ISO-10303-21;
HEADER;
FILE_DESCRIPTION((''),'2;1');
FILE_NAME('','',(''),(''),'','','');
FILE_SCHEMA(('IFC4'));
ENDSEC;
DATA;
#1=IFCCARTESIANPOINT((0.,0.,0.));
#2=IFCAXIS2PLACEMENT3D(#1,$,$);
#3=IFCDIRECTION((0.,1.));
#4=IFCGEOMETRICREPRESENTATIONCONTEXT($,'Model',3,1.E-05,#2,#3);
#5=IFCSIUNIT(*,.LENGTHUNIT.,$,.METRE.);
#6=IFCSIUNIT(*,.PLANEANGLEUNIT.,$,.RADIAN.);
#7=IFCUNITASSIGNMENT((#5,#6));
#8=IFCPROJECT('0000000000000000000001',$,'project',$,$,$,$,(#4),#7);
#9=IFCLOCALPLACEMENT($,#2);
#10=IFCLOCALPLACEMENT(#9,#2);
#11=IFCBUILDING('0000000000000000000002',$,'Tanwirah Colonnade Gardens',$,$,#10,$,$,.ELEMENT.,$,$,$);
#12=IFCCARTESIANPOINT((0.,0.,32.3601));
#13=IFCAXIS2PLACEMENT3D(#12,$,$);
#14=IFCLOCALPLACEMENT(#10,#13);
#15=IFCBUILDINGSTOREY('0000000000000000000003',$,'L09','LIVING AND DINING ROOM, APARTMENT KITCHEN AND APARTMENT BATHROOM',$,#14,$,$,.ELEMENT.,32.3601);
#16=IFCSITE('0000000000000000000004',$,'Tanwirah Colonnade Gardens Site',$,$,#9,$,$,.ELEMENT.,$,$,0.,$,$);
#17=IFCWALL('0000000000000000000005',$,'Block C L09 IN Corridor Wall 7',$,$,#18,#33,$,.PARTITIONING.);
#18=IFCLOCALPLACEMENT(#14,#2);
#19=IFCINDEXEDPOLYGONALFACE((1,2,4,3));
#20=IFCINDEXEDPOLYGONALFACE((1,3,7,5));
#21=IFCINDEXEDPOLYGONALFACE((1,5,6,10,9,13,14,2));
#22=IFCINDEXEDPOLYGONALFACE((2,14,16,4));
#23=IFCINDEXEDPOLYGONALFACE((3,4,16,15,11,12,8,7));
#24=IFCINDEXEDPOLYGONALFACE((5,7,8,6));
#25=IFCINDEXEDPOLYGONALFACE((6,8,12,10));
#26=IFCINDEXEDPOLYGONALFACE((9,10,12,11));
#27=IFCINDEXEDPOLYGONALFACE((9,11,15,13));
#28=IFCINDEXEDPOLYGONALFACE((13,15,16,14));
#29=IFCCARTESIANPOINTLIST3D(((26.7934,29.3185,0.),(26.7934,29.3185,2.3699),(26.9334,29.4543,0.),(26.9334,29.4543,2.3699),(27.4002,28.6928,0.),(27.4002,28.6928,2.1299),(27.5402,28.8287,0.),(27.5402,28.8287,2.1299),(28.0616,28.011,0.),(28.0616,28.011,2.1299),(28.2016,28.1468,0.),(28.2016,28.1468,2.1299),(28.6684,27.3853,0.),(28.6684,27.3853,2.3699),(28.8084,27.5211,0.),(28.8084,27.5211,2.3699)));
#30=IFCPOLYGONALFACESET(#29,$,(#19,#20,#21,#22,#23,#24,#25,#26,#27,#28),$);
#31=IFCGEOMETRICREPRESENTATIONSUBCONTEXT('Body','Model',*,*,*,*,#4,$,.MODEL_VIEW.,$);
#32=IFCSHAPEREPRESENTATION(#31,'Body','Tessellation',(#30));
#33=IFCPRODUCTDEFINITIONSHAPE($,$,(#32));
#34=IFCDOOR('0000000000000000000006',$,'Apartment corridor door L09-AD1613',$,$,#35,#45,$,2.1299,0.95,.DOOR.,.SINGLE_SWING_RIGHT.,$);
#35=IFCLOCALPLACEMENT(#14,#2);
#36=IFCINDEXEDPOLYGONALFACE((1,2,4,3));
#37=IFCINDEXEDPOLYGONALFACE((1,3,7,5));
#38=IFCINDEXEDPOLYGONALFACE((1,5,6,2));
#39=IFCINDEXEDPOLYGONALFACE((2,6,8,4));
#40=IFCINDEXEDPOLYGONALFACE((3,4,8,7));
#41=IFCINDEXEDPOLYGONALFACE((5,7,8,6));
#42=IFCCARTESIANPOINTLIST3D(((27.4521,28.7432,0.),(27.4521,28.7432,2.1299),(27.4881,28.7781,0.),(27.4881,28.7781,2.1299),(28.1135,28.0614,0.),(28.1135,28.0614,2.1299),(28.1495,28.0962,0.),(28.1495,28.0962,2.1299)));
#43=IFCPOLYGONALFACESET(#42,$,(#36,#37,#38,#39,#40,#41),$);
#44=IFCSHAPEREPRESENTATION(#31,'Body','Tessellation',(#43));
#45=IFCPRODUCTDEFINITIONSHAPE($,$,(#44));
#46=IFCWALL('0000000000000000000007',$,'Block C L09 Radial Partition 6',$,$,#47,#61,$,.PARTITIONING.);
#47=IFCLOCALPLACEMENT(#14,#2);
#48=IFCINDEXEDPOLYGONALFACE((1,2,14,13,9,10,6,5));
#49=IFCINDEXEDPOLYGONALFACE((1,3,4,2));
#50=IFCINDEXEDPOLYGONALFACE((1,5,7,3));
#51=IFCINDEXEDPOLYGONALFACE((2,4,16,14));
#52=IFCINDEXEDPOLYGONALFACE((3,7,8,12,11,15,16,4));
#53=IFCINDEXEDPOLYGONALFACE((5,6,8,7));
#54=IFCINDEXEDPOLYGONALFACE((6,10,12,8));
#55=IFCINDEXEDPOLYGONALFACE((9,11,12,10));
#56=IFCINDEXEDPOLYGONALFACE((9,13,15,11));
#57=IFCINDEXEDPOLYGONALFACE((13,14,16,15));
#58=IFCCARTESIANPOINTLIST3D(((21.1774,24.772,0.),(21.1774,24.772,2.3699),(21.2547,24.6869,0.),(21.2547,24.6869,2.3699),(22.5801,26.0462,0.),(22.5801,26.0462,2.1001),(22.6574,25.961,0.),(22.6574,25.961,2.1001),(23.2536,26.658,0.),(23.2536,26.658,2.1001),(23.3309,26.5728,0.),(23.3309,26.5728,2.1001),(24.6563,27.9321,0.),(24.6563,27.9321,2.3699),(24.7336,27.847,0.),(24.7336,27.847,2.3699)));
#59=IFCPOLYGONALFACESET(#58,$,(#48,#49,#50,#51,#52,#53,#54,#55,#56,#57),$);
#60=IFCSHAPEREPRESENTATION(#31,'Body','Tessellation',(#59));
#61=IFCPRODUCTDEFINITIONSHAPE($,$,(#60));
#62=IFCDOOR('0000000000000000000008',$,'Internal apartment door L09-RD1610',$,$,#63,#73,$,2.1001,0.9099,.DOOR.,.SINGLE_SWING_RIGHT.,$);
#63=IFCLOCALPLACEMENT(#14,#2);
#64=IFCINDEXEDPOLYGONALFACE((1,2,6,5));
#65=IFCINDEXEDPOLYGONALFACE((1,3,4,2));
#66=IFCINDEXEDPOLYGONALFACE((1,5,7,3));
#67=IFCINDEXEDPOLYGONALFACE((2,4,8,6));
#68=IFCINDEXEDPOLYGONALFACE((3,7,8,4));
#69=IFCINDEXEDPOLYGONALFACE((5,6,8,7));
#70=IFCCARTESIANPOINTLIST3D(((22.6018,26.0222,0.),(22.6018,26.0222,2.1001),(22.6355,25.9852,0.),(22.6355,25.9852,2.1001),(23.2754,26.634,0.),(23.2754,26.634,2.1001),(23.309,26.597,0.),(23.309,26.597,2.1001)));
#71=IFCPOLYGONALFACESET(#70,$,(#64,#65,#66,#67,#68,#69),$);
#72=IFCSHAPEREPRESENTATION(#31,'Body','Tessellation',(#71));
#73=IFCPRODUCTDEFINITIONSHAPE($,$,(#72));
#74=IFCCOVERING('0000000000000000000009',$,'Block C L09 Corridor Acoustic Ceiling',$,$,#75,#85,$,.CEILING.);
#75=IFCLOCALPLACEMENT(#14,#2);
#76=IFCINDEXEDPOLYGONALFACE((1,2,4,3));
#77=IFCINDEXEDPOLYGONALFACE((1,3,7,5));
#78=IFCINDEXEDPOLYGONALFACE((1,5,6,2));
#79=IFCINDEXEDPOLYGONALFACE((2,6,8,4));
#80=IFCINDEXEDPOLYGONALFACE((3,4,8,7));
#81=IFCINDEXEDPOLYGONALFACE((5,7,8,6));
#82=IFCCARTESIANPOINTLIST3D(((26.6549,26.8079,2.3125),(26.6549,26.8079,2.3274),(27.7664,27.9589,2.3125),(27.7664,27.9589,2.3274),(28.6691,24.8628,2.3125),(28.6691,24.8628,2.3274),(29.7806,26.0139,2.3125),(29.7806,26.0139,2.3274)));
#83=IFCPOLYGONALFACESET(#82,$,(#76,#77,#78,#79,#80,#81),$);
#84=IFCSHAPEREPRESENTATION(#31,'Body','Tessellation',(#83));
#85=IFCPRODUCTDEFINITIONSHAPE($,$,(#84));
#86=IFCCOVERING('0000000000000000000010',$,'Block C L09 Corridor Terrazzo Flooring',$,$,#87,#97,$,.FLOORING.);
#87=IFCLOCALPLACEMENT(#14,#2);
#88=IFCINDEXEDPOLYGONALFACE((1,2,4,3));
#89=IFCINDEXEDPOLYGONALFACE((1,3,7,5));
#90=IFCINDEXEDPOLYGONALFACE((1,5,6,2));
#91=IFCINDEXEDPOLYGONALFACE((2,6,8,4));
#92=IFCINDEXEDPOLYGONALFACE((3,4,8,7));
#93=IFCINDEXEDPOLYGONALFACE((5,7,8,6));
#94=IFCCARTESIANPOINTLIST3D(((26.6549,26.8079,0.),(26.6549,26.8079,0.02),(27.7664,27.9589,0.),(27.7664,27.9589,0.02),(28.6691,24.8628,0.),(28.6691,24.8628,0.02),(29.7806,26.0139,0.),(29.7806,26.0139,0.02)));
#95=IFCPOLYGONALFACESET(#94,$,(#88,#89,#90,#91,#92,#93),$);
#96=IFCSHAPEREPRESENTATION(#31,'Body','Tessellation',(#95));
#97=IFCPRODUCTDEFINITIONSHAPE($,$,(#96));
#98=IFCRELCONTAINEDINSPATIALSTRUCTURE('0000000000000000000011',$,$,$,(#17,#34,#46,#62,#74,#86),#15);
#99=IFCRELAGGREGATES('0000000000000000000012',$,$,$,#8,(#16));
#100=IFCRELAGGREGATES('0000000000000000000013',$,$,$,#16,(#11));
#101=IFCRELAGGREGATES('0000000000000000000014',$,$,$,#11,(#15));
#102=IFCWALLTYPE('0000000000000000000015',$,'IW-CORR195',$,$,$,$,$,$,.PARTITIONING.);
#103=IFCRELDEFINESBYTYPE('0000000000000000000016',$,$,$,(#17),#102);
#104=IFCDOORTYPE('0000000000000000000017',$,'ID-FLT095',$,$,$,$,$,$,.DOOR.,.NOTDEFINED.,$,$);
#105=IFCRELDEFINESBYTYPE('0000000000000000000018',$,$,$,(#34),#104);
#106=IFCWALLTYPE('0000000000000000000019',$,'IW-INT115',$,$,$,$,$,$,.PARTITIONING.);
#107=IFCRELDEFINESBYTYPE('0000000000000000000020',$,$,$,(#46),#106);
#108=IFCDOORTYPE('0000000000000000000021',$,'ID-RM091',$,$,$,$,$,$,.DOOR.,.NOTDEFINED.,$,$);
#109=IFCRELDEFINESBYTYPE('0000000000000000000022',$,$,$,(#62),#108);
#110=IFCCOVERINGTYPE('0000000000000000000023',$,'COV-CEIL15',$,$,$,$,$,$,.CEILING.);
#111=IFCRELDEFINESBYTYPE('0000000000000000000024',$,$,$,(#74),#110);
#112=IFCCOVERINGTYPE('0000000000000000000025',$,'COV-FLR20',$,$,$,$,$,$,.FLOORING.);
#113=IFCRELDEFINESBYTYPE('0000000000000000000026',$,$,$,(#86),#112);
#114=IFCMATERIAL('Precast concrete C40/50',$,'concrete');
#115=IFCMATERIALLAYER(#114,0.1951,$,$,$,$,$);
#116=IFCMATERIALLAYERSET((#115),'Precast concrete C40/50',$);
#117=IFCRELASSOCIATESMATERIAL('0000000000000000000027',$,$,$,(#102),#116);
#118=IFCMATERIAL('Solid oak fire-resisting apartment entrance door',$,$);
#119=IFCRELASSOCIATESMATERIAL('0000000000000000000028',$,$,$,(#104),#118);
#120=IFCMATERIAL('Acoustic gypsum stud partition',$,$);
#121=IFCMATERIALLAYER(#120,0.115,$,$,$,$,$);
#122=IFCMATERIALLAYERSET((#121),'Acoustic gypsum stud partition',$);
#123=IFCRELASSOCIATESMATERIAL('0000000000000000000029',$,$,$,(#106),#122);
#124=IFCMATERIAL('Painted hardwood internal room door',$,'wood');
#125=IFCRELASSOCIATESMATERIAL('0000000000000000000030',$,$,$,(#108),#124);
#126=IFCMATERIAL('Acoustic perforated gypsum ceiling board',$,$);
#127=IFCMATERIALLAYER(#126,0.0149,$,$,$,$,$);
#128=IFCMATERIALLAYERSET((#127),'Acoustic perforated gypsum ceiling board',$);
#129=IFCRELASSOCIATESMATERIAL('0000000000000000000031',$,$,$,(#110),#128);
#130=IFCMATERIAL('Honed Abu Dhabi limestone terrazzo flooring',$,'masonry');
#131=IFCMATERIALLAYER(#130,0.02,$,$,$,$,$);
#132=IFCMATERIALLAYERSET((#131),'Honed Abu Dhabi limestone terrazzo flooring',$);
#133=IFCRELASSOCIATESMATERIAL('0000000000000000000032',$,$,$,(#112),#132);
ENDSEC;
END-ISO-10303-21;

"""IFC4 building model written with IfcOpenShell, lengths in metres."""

from ifc_helpers import new_model, si_unit, direction, frame, frame_2d, origin, origin_2d, place, context, subcontext, project, spatial, rectangle, extrude, material, layer, layer_set, type_object, element, fill, save


model = new_model("IFC4")

# Units and contexts
model_context = context("Model", 3, precision=1e-05, world=origin(), true_north=direction((0.0, 1.0)))
body_context = subcontext(model_context, "Body", "Model", "MODEL_VIEW")
ifc_project = project(units=[si_unit("LENGTHUNIT", "METRE"), si_unit("PLANEANGLEUNIT", "RADIAN")], contexts=[model_context])

# Site, building, storey
site_placement = place(None, origin())
site = spatial("IfcSite", under=ifc_project, at=site_placement, Name="Tanwirah Colonnade Gardens Site", CompositionType="ELEMENT", RefElevation=0.0)
building_placement = place(site_placement, origin())
building = spatial("IfcBuilding", under=site, at=building_placement, Name="Tanwirah Colonnade Gardens", CompositionType="ELEMENT")
storey_placement = place(building_placement, frame((0.0, 0.0, 32.3601)))
storey = spatial("IfcBuildingStorey", under=building, at=storey_placement, Name="L09", Description="LIVING AND DINING ROOM, APARTMENT KITCHEN AND APARTMENT BATHROOM", CompositionType="ELEMENT", Elevation=32.3601)

# Shared definitions
ifc_material_1 = material(Name="Precast concrete C40/50", Category="concrete")

# Walls, openings, doors
ifc_layer_1 = layer(ifc_material_1, 0.1951)
ifc_layer_set_1 = layer_set([ifc_layer_1], Name="Precast concrete C40/50")
wall_type_1 = type_object("IfcWallType", Name="IW-CORR195", PredefinedType="PARTITIONING", material=ifc_layer_set_1)
ifc_material_2 = material(Name="Solid oak fire-resisting apartment entrance door")
door_type_1 = type_object("IfcDoorType", Name="ID-FLT095", OperationType="NOTDEFINED", PredefinedType="DOOR", material=ifc_material_2)
wall_1_placement = place(storey_placement, frame((26.8633, 29.3865, 0.0), z_axis=(0.0, 0.0, 1.0), x_axis=(0.696236, -0.717813, 0.0)))
wall_1 = element("IfcWall", 1, at=wall_1_placement, inside=storey, type_object=wall_type_1, Name="Block C L09 IN Corridor Wall 7", PredefinedType="PARTITIONING", context=body_context, shape_type="SweptSolid", body=[
    extrude(rectangle(XDim=2.6931, YDim=0.1951, at=frame_2d((1.3467, 0.0))), origin(), (0.0, 0.0, 1.0), 2.3699),
])
opening_1_placement = place(wall_1_placement, frame((0.8716, 0.0, 0.0)))
opening_1 = element("IfcOpeningElement", 2, at=opening_1_placement, cuts=wall_1, PredefinedType="OPENING", context=body_context, shape_type="SweptSolid", body=[
    extrude(rectangle(XDim=0.95, YDim=2.1299, at=frame_2d((0.4751, 1.0649))), frame((0.0, 0.1074, 0.0), z_axis=(0.0, -1.0, 0.0), x_axis=(1.0, 0.0, 0.0)), (0.0, 0.0, 1.0), 0.2151),
])
door_1_placement = place(opening_1_placement, origin())
door_1 = element("IfcDoor", 3, at=door_1_placement, inside=storey, type_object=door_type_1, Name="Apartment corridor door L09-AD1613", OperationType="SINGLE_SWING_RIGHT", OverallHeight=2.1299, OverallWidth=0.95, PredefinedType="DOOR", context=body_context, shape_type="SweptSolid", body=[
    extrude(rectangle(XDim=0.95, YDim=2.1299, at=frame_2d((0.4751, 1.0649))), frame((0.0, 0.0249, 0.0), z_axis=(0.0, -1.0, 0.0), x_axis=(1.0, 0.0, 0.0)), (0.0, 0.0, 1.0), 0.05),
])
fill(opening_1, door_1)
ifc_material_3 = material(Name="Acoustic gypsum stud partition")
ifc_layer_2 = layer(ifc_material_3, 0.115)
ifc_layer_set_2 = layer_set([ifc_layer_2], Name="Acoustic gypsum stud partition")
wall_type_2 = type_object("IfcWallType", Name="IW-INT115", PredefinedType="PARTITIONING", material=ifc_layer_set_2)
wall_2_placement = place(storey_placement, frame((24.6951, 27.8896, 0.0), z_axis=(0.0, 0.0, 1.0), x_axis=(-0.740213, -0.672373, 0.0)))
wall_2 = element("IfcWall", 4, at=wall_2_placement, inside=storey, type_object=wall_type_2, Name="Block C L09 Radial Partition 6", PredefinedType="PARTITIONING", context=body_context, shape_type="SweptSolid", body=[
    extrude(rectangle(XDim=4.7, YDim=0.115, at=frame_2d((2.3501, 0.0))), origin(), (0.0, 0.0, 1.0), 2.3699),
])
opening_2_placement = place(wall_2_placement, frame((1.895, 0.0, 0.0)))
opening_2 = element("IfcOpeningElement", 5, at=opening_2_placement, cuts=wall_2, PredefinedType="OPENING", context=body_context, shape_type="SweptSolid", body=[
    extrude(rectangle(XDim=0.9099, YDim=2.1001, at=frame_2d((0.4551, 1.05))), frame((0.0, 0.0674, 0.0), z_axis=(0.0, -1.0, 0.0), x_axis=(1.0, 0.0, 0.0)), (0.0, 0.0, 1.0), 0.135),
])
ifc_material_4 = material(Name="Painted hardwood internal room door", Category="wood")
door_type_2 = type_object("IfcDoorType", Name="ID-RM091", OperationType="NOTDEFINED", PredefinedType="DOOR", material=ifc_material_4)
door_2_placement = place(opening_2_placement, origin())
door_2 = element("IfcDoor", 6, at=door_2_placement, inside=storey, type_object=door_type_2, Name="Internal apartment door L09-RD1610", OperationType="SINGLE_SWING_RIGHT", OverallHeight=2.1001, OverallWidth=0.9099, PredefinedType="DOOR", context=body_context, shape_type="SweptSolid", body=[
    extrude(rectangle(XDim=0.9099, YDim=2.1001, at=frame_2d((0.4551, 1.05))), frame((0.0, 0.0249, 0.0), z_axis=(0.0, -1.0, 0.0), x_axis=(1.0, 0.0, 0.0)), (0.0, 0.0, 1.0), 0.05),
])
fill(opening_2, door_2)

# Coverings
ifc_material_5 = material(Name="Acoustic perforated gypsum ceiling board")
ifc_layer_3 = layer(ifc_material_5, 0.0149)
ifc_layer_set_3 = layer_set([ifc_layer_3], Name="Acoustic perforated gypsum ceiling board")
covering_type_1 = type_object("IfcCoveringType", Name="COV-CEIL15", PredefinedType="CEILING", material=ifc_layer_set_3)
covering_1_placement = place(storey_placement, frame((28.2178, 26.4109, 2.3125), z_axis=(0.0, 0.0, 1.0), x_axis=(0.71934, -0.694658, 0.0)))
element("IfcCovering", 7, at=covering_1_placement, inside=storey, type_object=covering_type_1, Name="Block C L09 Corridor Acoustic Ceiling", PredefinedType="CEILING", context=body_context, shape_type="SweptSolid", body=[
    extrude(rectangle(XDim=2.8, YDim=1.6001, at=origin_2d()), origin(), (0.0, 0.0, 1.0), 0.0149),
])
ifc_material_6 = material(Name="Honed Abu Dhabi limestone terrazzo flooring", Category="masonry")
ifc_layer_4 = layer(ifc_material_6, 0.02)
ifc_layer_set_4 = layer_set([ifc_layer_4], Name="Honed Abu Dhabi limestone terrazzo flooring")
covering_type_2 = type_object("IfcCoveringType", Name="COV-FLR20", PredefinedType="FLOORING", material=ifc_layer_set_4)
covering_2_placement = place(storey_placement, frame((28.2178, 26.4109, 0.0), z_axis=(0.0, 0.0, 1.0), x_axis=(0.71934, -0.694658, 0.0)))
element("IfcCovering", 8, at=covering_2_placement, inside=storey, type_object=covering_type_2, Name="Block C L09 Corridor Terrazzo Flooring", PredefinedType="FLOORING", context=body_context, shape_type="SweptSolid", body=[
    extrude(rectangle(XDim=2.8, YDim=1.6001, at=origin_2d()), origin(), (0.0, 0.0, 1.0), 0.02),
])

save(model, "model.ifc")
